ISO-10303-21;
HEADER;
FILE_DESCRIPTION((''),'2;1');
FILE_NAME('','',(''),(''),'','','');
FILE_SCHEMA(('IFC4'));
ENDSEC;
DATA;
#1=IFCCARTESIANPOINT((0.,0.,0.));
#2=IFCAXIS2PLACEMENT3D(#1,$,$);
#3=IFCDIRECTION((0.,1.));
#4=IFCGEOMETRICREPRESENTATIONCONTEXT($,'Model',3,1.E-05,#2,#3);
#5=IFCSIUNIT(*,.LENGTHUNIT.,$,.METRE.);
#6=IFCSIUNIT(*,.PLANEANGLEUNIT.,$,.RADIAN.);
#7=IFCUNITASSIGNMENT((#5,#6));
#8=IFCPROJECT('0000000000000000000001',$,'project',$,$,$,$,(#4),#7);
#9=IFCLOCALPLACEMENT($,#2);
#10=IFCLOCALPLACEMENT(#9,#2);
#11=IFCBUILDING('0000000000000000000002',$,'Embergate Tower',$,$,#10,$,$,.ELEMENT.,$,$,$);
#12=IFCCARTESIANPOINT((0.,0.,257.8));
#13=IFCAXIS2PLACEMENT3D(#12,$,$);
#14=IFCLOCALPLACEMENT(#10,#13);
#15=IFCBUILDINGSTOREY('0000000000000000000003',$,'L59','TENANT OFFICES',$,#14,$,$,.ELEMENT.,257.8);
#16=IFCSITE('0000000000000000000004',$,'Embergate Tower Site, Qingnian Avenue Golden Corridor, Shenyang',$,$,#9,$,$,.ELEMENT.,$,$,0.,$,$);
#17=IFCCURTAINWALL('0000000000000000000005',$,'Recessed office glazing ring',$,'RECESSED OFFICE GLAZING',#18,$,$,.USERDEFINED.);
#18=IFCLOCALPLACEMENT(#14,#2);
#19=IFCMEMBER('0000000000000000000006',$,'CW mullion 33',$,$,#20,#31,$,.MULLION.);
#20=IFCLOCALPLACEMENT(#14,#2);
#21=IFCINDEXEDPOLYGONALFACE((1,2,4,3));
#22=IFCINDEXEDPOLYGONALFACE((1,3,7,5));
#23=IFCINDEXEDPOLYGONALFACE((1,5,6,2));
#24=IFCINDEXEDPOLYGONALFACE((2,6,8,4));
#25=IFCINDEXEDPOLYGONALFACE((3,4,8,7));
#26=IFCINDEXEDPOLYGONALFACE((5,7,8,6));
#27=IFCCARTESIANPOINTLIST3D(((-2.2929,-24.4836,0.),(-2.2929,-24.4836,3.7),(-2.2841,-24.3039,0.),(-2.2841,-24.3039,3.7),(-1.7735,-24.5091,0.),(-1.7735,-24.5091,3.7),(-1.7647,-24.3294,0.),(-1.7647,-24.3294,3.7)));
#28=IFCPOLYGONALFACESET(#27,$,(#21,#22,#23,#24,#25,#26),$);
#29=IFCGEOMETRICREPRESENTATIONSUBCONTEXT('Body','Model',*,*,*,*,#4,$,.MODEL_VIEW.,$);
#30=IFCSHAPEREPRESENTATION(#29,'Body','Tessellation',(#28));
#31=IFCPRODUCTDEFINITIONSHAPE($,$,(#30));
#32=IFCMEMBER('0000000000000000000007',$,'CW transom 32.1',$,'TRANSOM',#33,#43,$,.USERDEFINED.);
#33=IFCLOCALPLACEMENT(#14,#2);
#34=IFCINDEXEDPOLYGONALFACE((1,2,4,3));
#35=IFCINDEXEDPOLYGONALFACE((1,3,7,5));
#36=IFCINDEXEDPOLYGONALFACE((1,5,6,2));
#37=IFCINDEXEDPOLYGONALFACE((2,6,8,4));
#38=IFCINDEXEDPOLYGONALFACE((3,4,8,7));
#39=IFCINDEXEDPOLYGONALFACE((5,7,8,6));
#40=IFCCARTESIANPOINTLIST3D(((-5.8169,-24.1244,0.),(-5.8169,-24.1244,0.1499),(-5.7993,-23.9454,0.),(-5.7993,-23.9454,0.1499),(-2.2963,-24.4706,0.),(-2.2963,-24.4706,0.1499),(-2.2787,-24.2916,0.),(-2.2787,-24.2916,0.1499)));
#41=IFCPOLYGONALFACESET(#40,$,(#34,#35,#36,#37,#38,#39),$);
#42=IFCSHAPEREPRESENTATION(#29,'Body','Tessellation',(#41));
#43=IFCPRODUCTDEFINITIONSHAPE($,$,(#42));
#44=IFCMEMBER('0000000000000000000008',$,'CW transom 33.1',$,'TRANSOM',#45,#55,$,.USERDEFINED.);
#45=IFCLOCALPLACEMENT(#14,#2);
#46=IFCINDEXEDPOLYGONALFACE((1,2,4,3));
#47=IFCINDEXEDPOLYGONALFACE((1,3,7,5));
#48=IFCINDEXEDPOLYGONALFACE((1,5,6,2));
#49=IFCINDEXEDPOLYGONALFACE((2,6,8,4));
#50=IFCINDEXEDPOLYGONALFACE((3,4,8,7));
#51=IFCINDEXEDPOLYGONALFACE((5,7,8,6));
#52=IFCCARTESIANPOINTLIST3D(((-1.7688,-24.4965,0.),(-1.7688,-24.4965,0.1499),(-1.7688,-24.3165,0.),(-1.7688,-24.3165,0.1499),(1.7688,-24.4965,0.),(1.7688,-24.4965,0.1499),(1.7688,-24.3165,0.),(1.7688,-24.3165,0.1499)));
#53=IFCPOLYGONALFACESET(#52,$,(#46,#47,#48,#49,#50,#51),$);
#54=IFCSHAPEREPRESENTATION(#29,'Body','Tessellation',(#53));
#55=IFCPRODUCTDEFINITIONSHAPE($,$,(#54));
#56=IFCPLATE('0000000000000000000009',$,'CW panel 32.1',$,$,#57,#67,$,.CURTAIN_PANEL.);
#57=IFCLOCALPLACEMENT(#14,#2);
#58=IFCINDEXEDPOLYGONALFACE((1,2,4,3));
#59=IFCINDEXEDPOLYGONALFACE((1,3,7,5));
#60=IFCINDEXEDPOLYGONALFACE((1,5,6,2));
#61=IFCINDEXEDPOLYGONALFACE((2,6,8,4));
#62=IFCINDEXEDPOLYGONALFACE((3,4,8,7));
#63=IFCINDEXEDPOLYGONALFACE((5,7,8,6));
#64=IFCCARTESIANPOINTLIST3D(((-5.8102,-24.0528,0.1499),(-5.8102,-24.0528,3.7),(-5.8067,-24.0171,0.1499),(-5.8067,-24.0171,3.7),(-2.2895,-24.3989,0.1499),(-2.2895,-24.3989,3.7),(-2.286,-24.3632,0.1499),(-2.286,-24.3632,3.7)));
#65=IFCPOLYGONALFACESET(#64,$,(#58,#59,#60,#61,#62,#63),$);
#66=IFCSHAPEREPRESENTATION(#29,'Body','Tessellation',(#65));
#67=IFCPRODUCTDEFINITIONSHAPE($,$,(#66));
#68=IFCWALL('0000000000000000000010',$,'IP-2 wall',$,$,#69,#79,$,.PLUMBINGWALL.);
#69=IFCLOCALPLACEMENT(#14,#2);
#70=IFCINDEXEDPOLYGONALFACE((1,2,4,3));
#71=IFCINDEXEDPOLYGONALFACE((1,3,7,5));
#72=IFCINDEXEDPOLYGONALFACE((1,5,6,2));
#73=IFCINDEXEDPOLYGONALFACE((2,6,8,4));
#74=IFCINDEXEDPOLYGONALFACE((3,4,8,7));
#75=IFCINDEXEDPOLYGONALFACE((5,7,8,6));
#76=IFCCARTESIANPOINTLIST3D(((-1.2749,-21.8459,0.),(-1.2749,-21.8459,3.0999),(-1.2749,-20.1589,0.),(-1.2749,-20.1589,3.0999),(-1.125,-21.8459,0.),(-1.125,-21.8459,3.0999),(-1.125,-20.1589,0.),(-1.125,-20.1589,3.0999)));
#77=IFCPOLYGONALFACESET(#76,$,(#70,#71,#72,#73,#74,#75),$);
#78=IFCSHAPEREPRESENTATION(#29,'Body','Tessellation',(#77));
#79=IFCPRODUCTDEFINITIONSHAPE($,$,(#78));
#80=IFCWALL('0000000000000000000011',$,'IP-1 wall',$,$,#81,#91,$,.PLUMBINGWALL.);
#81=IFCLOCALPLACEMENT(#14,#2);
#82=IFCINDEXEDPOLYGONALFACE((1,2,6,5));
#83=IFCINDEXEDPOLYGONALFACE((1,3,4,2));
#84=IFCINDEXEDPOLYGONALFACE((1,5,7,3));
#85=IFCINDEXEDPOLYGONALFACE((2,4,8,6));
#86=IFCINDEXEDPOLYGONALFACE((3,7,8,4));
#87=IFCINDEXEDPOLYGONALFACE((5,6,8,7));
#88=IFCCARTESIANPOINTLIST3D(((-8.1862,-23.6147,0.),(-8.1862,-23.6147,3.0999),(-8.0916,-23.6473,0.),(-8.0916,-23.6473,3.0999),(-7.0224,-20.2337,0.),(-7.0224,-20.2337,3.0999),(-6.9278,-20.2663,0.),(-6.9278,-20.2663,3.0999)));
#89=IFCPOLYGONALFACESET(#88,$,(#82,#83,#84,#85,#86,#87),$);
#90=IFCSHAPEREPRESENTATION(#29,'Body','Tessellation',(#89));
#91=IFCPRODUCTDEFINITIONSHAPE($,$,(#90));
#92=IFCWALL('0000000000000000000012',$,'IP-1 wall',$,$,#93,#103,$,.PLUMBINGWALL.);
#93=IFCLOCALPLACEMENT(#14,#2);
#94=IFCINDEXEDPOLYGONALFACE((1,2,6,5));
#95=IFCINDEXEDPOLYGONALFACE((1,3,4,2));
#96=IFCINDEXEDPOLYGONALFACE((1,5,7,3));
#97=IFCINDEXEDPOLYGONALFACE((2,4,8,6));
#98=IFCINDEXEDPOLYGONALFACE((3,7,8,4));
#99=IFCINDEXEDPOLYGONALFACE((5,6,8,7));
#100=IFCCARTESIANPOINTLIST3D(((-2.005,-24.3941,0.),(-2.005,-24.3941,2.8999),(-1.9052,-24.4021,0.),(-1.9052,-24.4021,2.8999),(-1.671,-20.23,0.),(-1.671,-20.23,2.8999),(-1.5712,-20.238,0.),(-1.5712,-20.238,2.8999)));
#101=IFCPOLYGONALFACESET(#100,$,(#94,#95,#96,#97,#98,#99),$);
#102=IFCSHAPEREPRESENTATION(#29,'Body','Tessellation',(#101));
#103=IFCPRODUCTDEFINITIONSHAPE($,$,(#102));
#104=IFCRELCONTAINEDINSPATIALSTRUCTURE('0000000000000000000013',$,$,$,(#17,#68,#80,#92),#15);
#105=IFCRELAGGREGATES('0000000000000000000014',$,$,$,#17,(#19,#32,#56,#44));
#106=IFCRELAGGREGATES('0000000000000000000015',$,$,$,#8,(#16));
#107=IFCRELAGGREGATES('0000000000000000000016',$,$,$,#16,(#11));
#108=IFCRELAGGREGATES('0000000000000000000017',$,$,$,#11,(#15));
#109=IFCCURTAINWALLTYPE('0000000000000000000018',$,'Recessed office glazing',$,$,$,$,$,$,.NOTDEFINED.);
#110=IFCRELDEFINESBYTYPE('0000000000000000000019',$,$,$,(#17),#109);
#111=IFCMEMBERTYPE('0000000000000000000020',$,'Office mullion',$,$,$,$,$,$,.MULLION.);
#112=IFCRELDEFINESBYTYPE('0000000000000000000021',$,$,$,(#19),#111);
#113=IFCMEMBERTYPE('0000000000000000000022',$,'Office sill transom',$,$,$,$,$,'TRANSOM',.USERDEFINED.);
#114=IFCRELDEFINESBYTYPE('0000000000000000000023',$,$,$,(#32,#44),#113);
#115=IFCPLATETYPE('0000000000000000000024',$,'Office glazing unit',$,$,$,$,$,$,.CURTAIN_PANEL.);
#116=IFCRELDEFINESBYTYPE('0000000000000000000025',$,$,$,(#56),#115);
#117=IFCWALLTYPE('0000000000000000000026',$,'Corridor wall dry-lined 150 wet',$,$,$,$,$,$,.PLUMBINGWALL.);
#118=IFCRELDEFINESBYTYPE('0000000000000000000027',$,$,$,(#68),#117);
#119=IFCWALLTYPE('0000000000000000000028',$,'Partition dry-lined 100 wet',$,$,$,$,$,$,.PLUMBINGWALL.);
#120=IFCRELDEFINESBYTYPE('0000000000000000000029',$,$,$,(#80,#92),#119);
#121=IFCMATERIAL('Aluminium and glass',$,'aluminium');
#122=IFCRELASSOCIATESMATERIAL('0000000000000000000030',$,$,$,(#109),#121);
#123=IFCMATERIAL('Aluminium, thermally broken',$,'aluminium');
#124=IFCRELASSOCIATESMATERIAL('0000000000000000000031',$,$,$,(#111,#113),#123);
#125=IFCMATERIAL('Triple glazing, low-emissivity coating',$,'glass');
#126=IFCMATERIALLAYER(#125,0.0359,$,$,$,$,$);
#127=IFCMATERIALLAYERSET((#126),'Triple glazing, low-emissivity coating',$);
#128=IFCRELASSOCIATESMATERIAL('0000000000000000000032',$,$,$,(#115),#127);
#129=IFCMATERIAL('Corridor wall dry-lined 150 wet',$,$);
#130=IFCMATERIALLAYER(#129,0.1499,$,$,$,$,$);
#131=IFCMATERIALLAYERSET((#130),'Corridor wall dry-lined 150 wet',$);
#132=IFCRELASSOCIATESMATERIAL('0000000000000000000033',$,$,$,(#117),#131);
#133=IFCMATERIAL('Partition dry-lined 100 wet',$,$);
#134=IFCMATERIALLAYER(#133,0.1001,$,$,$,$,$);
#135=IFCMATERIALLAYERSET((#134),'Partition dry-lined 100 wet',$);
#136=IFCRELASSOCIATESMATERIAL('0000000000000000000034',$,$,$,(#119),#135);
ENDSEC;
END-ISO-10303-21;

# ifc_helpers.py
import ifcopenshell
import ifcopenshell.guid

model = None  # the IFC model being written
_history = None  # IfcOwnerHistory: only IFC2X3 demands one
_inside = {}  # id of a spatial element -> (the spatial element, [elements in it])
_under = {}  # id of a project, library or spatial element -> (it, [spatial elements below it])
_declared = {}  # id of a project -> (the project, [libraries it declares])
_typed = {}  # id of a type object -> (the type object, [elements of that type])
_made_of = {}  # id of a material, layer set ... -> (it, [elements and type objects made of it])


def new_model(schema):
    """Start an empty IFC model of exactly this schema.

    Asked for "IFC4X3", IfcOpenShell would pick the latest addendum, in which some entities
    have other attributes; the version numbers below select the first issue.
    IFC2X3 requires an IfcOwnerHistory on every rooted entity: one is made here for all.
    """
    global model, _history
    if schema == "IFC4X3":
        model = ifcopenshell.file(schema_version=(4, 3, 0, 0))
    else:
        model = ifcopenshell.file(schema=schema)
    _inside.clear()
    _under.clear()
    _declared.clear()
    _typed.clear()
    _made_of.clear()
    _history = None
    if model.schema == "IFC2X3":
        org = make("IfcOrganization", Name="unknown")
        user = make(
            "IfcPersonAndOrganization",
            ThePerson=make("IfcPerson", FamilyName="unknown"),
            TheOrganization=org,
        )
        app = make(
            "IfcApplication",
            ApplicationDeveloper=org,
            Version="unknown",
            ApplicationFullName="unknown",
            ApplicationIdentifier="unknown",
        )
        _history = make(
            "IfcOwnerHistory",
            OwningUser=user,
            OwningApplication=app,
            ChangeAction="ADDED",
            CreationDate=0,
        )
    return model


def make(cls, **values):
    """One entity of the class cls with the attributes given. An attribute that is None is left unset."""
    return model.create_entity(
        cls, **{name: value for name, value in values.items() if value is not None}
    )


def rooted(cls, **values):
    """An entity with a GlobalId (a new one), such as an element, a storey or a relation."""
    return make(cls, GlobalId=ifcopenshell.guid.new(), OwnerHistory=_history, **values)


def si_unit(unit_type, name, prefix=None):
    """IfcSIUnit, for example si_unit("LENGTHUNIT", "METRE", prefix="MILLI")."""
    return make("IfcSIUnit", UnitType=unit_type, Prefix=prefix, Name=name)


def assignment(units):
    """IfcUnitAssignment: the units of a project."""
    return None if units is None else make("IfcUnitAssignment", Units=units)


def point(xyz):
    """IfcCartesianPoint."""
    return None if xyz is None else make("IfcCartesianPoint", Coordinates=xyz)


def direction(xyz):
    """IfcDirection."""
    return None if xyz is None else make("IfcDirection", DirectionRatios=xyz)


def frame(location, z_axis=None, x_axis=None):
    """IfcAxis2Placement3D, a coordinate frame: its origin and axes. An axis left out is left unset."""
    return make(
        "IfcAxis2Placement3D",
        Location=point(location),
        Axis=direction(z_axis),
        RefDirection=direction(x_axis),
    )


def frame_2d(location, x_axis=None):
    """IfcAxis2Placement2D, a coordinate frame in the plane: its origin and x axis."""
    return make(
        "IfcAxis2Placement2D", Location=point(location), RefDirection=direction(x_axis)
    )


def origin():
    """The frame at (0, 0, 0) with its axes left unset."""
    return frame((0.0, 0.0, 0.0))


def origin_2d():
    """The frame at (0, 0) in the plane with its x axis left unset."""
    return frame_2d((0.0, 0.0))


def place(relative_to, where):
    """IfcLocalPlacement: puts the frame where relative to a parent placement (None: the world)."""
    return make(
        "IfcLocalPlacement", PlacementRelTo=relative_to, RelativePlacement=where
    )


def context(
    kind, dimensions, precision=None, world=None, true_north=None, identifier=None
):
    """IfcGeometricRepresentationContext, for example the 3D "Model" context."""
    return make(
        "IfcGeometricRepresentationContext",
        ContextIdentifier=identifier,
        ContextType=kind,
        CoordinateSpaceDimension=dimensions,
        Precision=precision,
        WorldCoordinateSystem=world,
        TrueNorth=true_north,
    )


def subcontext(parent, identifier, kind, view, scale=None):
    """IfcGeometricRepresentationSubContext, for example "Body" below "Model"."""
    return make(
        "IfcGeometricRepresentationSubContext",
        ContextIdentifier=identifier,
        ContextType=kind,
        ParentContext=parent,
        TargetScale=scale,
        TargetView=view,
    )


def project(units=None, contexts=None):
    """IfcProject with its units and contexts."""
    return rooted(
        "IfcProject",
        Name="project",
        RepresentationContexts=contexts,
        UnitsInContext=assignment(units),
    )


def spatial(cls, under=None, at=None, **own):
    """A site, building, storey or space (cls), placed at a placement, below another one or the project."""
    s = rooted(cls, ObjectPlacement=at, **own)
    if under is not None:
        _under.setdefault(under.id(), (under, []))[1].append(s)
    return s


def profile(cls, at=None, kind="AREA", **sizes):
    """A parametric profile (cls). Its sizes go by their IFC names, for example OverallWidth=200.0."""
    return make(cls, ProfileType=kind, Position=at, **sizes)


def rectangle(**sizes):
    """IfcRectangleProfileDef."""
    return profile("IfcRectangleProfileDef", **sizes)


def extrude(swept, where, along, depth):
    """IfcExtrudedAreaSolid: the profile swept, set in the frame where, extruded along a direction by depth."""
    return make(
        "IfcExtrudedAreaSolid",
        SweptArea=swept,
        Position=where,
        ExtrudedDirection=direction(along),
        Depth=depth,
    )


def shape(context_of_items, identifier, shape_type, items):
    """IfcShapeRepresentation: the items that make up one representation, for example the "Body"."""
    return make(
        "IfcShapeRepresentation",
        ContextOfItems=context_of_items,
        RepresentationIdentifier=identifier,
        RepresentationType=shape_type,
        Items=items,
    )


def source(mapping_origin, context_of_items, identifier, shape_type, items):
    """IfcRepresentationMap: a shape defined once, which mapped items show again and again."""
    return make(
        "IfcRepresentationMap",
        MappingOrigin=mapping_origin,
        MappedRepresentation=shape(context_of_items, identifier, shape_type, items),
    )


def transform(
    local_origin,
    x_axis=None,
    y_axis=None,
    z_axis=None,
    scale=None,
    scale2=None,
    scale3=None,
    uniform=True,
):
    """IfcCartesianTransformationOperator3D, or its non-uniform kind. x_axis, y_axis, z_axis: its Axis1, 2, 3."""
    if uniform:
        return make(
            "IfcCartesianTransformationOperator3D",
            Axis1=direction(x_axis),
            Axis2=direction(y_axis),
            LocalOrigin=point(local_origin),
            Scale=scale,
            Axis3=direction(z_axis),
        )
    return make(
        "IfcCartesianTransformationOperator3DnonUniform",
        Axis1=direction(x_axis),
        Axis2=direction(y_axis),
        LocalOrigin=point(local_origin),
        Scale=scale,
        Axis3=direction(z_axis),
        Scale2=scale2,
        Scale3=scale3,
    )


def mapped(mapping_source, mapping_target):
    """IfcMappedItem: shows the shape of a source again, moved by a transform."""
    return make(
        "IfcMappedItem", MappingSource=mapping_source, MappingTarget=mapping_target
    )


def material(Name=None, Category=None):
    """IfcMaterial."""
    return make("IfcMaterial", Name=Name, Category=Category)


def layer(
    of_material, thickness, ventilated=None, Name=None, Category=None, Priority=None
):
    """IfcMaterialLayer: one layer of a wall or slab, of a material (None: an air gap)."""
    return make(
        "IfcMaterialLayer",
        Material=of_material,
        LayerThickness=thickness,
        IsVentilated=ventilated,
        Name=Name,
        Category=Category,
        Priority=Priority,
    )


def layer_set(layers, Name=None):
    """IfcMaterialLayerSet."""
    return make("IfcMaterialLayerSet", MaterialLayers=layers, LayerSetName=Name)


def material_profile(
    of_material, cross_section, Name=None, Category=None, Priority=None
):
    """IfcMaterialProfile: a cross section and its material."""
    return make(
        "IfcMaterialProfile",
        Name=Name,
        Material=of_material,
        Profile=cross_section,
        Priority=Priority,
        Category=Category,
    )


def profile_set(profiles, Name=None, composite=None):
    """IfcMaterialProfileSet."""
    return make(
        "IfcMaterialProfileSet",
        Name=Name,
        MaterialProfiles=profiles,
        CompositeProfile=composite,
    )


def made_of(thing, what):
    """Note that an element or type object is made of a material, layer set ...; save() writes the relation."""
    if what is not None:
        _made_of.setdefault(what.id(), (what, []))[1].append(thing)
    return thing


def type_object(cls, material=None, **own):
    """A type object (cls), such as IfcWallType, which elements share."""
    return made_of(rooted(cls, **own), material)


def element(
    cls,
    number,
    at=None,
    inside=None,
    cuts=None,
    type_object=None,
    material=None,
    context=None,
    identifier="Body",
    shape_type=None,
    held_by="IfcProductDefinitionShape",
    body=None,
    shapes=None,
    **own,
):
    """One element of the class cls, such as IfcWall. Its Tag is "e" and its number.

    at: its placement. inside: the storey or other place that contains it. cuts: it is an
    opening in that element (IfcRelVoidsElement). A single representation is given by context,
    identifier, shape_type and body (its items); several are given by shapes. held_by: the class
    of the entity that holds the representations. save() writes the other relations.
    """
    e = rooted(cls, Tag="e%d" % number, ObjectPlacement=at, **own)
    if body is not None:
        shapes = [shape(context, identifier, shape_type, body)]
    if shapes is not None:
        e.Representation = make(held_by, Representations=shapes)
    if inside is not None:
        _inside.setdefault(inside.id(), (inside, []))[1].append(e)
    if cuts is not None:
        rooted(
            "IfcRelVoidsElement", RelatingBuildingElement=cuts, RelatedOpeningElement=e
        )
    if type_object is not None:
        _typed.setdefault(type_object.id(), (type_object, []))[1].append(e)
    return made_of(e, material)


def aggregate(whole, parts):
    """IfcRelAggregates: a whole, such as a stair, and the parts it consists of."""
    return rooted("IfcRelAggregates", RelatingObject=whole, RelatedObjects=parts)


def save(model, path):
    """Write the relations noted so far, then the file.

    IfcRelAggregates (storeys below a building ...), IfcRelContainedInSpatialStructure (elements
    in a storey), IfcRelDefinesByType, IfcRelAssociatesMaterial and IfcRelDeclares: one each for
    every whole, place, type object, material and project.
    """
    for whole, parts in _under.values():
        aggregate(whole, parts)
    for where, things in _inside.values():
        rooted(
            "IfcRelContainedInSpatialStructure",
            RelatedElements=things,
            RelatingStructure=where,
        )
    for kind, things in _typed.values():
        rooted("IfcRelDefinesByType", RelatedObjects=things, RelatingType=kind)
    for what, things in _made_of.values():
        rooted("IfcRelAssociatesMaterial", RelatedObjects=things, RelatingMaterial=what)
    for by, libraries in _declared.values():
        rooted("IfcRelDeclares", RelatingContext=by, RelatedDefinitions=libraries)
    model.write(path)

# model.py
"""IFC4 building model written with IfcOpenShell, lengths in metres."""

from ifc_helpers import new_model, si_unit, direction, frame, frame_2d, origin, origin_2d, place, context, subcontext, project, spatial, rectangle, extrude, source, transform, mapped, material, layer, layer_set, material_profile, profile_set, type_object, element, aggregate, save


model = new_model("IFC4")

# Units and contexts
model_context = context("Model", 3, precision=1e-05, world=origin(), true_north=direction((0.0, 1.0)))
body_context = subcontext(model_context, "Body", "Model", "MODEL_VIEW")
ifc_project = project(units=[si_unit("LENGTHUNIT", "METRE"), si_unit("PLANEANGLEUNIT", "RADIAN")], contexts=[model_context])

# Site, building, storey
site_placement = place(None, origin())
site = spatial("IfcSite", under=ifc_project, at=site_placement, Name="Embergate Tower Site, Qingnian Avenue Golden Corridor, Shenyang", CompositionType="ELEMENT", RefElevation=0.0)
building_placement = place(site_placement, origin())
building = spatial("IfcBuilding", under=site, at=building_placement, Name="Embergate Tower", CompositionType="ELEMENT")
storey_placement = place(building_placement, frame((0.0, 0.0, 257.8)))
storey = spatial("IfcBuildingStorey", under=building, at=storey_placement, Name="L59", Description="TENANT OFFICES", CompositionType="ELEMENT", Elevation=257.8)

# Curtain wall, members
ifc_material_1 = material(Name="Aluminium and glass", Category="aluminium")
curtain_wall_type = type_object("IfcCurtainWallType", Name="Recessed office glazing", PredefinedType="NOTDEFINED", material=ifc_material_1)
curtain_wall_placement = place(storey_placement, origin())
curtain_wall = element("IfcCurtainWall", 1, at=curtain_wall_placement, inside=storey, type_object=curtain_wall_type, Name="Recessed office glazing ring", ObjectType="RECESSED OFFICE GLAZING", PredefinedType="USERDEFINED")
ifc_material_2 = material(Name="Aluminium, thermally broken", Category="aluminium")
ifc_material_profile_1 = material_profile(ifc_material_2, rectangle(XDim=0.1799, YDim=0.52, at=origin_2d()), Name="AL 520x180")
ifc_profile_set_1 = profile_set([ifc_material_profile_1], Name="Aluminium, thermally broken")
member_type_1 = type_object("IfcMemberType", Name="Office mullion", PredefinedType="MULLION", material=ifc_profile_set_1)
shared_shape_1 = source(origin(), body_context, "Body", "SweptSolid", [
    extrude(rectangle(XDim=0.1799, YDim=0.52, at=origin_2d()), origin(), (0.0, 0.0, 1.0), 3.7),
])
member_1_placement = place(storey_placement, frame((-2.0288, -24.4065, 0.0), z_axis=(0.0, 0.0, 1.0), x_axis=(0.04897, 0.9988, 0.0)))
member_1 = element("IfcMember", 2, at=member_1_placement, type_object=member_type_1, Name="CW mullion 33", PredefinedType="MULLION", context=body_context, shape_type="MappedRepresentation", body=[
    mapped(shared_shape_1, transform((0.0, 0.0, 0.0))),
])
ifc_material_profile_2 = material_profile(ifc_material_2, rectangle(XDim=0.1799, YDim=0.1499, at=origin_2d()), Name="AL 150x180")
ifc_profile_set_2 = profile_set([ifc_material_profile_2], Name="Aluminium, thermally broken")
member_type_2 = type_object("IfcMemberType", Name="Office sill transom", ElementType="TRANSOM", PredefinedType="USERDEFINED", material=ifc_profile_set_2)
shared_shape_2 = source(origin(), body_context, "Body", "SweptSolid", [
    extrude(rectangle(XDim=0.1799, YDim=0.1499, at=origin_2d()), origin(), (0.0, 0.0, 1.0), 3.5376),
])
member_2_placement = place(storey_placement, frame((-5.8081, -24.0349, 0.075), z_axis=(0.9952, -0.097864, 0.0), x_axis=(0.097864, 0.9952, 0.0)))
member_2 = element("IfcMember", 3, at=member_2_placement, type_object=member_type_2, Name="CW transom 32.1", ObjectType="TRANSOM", PredefinedType="USERDEFINED", context=body_context, shape_type="MappedRepresentation", body=[
    mapped(shared_shape_2, transform((0.0, 0.0, 0.0))),
])
member_3_placement = place(storey_placement, frame((-1.7688, -24.4065, 0.075), z_axis=(1.0, 0.0, 0.0), x_axis=(0.0, 1.0, 0.0)))
member_3 = element("IfcMember", 4, at=member_3_placement, type_object=member_type_2, Name="CW transom 33.1", ObjectType="TRANSOM", PredefinedType="USERDEFINED", context=body_context, shape_type="MappedRepresentation", body=[
    mapped(shared_shape_2, transform((0.0, 0.0, 0.0))),
])

# Plate
ifc_material_3 = material(Name="Triple glazing, low-emissivity coating", Category="glass")
ifc_layer_1 = layer(ifc_material_3, 0.0359)
ifc_layer_set_1 = layer_set([ifc_layer_1], Name="Triple glazing, low-emissivity coating")
plate_type = type_object("IfcPlateType", Name="Office glazing unit", PredefinedType="CURTAIN_PANEL", material=ifc_layer_set_1)
shared_shape_3 = source(origin(), body_context, "Body", "SweptSolid", [
    extrude(rectangle(XDim=3.5376, YDim=0.0359, at=origin_2d()), origin(), (0.0, 0.0, 1.0), 3.55),
])
plate_placement = place(storey_placement, frame((-4.0481, -24.208, 0.1499), z_axis=(0.0, 0.0, 1.0), x_axis=(0.995203, -0.09783, 0.0)))
plate = element("IfcPlate", 5, at=plate_placement, type_object=plate_type, Name="CW panel 32.1", PredefinedType="CURTAIN_PANEL", context=body_context, shape_type="MappedRepresentation", body=[
    mapped(shared_shape_3, transform((0.0, 0.0, 0.0))),
])
aggregate(curtain_wall, [member_1, member_2, plate, member_3])

# Walls
ifc_material_4 = material(Name="Corridor wall dry-lined 150 wet")
ifc_layer_2 = layer(ifc_material_4, 0.1499)
ifc_layer_set_2 = layer_set([ifc_layer_2], Name="Corridor wall dry-lined 150 wet")
wall_type_1 = type_object("IfcWallType", Name="Corridor wall dry-lined 150 wet", PredefinedType="PLUMBINGWALL", material=ifc_layer_set_2)
shared_shape_4 = source(origin(), body_context, "Body", "SweptSolid", [
    extrude(rectangle(XDim=1.687, YDim=0.1499, at=frame_2d((0.8435, 0.0))), origin(), (0.0, 0.0, 1.0), 3.0999),
])
wall_1_placement = place(storey_placement, frame((-1.2, -21.8459, 0.0), z_axis=(0.0, 0.0, 1.0), x_axis=(0.0, 1.0, 0.0)))
element("IfcWall", 6, at=wall_1_placement, inside=storey, type_object=wall_type_1, Name="IP-2 wall", PredefinedType="PLUMBINGWALL", context=body_context, shape_type="MappedRepresentation", body=[
    mapped(shared_shape_4, transform((0.0, 0.0, 0.0))),
])
ifc_material_5 = material(Name="Partition dry-lined 100 wet")
ifc_layer_3 = layer(ifc_material_5, 0.1001)
ifc_layer_set_3 = layer_set([ifc_layer_3], Name="Partition dry-lined 100 wet")
wall_type_2 = type_object("IfcWallType", Name="Partition dry-lined 100 wet", PredefinedType="PLUMBINGWALL", material=ifc_layer_set_3)
shared_shape_5 = source(origin(), body_context, "Body", "SweptSolid", [
    extrude(rectangle(XDim=3.5757, YDim=0.1001, at=frame_2d((1.7878, 0.0))), origin(), (0.0, 0.0, 1.0), 3.0999),
])
wall_2_placement = place(storey_placement, frame((-6.9751, -20.25, 0.0), z_axis=(0.0, 0.0, 1.0), x_axis=(-0.325471, -0.945552, 0.0)))
element("IfcWall", 7, at=wall_2_placement, inside=storey, type_object=wall_type_2, Name="IP-1 wall", PredefinedType="PLUMBINGWALL", context=body_context, shape_type="MappedRepresentation", body=[
    mapped(shared_shape_5, transform((0.0, 0.0, 0.0))),
])
shared_shape_6 = source(origin(), body_context, "Body", "SweptSolid", [
    extrude(rectangle(XDim=4.1775, YDim=0.1001, at=frame_2d((2.0889, 0.0))), origin(), (0.0, 0.0, 1.0), 2.8999),
])
wall_3_placement = place(storey_placement, frame((-1.6211, -20.2339, 0.0), z_axis=(0.0, 0.0, 1.0), x_axis=(-0.07995, -0.996799, 0.0)))
element("IfcWall", 8, at=wall_3_placement, inside=storey, type_object=wall_type_2, Name="IP-1 wall", PredefinedType="PLUMBINGWALL", context=body_context, shape_type="MappedRepresentation", body=[
    mapped(shared_shape_6, transform((0.0, 0.0, 0.0))),
])

save(model, "model.ifc")
